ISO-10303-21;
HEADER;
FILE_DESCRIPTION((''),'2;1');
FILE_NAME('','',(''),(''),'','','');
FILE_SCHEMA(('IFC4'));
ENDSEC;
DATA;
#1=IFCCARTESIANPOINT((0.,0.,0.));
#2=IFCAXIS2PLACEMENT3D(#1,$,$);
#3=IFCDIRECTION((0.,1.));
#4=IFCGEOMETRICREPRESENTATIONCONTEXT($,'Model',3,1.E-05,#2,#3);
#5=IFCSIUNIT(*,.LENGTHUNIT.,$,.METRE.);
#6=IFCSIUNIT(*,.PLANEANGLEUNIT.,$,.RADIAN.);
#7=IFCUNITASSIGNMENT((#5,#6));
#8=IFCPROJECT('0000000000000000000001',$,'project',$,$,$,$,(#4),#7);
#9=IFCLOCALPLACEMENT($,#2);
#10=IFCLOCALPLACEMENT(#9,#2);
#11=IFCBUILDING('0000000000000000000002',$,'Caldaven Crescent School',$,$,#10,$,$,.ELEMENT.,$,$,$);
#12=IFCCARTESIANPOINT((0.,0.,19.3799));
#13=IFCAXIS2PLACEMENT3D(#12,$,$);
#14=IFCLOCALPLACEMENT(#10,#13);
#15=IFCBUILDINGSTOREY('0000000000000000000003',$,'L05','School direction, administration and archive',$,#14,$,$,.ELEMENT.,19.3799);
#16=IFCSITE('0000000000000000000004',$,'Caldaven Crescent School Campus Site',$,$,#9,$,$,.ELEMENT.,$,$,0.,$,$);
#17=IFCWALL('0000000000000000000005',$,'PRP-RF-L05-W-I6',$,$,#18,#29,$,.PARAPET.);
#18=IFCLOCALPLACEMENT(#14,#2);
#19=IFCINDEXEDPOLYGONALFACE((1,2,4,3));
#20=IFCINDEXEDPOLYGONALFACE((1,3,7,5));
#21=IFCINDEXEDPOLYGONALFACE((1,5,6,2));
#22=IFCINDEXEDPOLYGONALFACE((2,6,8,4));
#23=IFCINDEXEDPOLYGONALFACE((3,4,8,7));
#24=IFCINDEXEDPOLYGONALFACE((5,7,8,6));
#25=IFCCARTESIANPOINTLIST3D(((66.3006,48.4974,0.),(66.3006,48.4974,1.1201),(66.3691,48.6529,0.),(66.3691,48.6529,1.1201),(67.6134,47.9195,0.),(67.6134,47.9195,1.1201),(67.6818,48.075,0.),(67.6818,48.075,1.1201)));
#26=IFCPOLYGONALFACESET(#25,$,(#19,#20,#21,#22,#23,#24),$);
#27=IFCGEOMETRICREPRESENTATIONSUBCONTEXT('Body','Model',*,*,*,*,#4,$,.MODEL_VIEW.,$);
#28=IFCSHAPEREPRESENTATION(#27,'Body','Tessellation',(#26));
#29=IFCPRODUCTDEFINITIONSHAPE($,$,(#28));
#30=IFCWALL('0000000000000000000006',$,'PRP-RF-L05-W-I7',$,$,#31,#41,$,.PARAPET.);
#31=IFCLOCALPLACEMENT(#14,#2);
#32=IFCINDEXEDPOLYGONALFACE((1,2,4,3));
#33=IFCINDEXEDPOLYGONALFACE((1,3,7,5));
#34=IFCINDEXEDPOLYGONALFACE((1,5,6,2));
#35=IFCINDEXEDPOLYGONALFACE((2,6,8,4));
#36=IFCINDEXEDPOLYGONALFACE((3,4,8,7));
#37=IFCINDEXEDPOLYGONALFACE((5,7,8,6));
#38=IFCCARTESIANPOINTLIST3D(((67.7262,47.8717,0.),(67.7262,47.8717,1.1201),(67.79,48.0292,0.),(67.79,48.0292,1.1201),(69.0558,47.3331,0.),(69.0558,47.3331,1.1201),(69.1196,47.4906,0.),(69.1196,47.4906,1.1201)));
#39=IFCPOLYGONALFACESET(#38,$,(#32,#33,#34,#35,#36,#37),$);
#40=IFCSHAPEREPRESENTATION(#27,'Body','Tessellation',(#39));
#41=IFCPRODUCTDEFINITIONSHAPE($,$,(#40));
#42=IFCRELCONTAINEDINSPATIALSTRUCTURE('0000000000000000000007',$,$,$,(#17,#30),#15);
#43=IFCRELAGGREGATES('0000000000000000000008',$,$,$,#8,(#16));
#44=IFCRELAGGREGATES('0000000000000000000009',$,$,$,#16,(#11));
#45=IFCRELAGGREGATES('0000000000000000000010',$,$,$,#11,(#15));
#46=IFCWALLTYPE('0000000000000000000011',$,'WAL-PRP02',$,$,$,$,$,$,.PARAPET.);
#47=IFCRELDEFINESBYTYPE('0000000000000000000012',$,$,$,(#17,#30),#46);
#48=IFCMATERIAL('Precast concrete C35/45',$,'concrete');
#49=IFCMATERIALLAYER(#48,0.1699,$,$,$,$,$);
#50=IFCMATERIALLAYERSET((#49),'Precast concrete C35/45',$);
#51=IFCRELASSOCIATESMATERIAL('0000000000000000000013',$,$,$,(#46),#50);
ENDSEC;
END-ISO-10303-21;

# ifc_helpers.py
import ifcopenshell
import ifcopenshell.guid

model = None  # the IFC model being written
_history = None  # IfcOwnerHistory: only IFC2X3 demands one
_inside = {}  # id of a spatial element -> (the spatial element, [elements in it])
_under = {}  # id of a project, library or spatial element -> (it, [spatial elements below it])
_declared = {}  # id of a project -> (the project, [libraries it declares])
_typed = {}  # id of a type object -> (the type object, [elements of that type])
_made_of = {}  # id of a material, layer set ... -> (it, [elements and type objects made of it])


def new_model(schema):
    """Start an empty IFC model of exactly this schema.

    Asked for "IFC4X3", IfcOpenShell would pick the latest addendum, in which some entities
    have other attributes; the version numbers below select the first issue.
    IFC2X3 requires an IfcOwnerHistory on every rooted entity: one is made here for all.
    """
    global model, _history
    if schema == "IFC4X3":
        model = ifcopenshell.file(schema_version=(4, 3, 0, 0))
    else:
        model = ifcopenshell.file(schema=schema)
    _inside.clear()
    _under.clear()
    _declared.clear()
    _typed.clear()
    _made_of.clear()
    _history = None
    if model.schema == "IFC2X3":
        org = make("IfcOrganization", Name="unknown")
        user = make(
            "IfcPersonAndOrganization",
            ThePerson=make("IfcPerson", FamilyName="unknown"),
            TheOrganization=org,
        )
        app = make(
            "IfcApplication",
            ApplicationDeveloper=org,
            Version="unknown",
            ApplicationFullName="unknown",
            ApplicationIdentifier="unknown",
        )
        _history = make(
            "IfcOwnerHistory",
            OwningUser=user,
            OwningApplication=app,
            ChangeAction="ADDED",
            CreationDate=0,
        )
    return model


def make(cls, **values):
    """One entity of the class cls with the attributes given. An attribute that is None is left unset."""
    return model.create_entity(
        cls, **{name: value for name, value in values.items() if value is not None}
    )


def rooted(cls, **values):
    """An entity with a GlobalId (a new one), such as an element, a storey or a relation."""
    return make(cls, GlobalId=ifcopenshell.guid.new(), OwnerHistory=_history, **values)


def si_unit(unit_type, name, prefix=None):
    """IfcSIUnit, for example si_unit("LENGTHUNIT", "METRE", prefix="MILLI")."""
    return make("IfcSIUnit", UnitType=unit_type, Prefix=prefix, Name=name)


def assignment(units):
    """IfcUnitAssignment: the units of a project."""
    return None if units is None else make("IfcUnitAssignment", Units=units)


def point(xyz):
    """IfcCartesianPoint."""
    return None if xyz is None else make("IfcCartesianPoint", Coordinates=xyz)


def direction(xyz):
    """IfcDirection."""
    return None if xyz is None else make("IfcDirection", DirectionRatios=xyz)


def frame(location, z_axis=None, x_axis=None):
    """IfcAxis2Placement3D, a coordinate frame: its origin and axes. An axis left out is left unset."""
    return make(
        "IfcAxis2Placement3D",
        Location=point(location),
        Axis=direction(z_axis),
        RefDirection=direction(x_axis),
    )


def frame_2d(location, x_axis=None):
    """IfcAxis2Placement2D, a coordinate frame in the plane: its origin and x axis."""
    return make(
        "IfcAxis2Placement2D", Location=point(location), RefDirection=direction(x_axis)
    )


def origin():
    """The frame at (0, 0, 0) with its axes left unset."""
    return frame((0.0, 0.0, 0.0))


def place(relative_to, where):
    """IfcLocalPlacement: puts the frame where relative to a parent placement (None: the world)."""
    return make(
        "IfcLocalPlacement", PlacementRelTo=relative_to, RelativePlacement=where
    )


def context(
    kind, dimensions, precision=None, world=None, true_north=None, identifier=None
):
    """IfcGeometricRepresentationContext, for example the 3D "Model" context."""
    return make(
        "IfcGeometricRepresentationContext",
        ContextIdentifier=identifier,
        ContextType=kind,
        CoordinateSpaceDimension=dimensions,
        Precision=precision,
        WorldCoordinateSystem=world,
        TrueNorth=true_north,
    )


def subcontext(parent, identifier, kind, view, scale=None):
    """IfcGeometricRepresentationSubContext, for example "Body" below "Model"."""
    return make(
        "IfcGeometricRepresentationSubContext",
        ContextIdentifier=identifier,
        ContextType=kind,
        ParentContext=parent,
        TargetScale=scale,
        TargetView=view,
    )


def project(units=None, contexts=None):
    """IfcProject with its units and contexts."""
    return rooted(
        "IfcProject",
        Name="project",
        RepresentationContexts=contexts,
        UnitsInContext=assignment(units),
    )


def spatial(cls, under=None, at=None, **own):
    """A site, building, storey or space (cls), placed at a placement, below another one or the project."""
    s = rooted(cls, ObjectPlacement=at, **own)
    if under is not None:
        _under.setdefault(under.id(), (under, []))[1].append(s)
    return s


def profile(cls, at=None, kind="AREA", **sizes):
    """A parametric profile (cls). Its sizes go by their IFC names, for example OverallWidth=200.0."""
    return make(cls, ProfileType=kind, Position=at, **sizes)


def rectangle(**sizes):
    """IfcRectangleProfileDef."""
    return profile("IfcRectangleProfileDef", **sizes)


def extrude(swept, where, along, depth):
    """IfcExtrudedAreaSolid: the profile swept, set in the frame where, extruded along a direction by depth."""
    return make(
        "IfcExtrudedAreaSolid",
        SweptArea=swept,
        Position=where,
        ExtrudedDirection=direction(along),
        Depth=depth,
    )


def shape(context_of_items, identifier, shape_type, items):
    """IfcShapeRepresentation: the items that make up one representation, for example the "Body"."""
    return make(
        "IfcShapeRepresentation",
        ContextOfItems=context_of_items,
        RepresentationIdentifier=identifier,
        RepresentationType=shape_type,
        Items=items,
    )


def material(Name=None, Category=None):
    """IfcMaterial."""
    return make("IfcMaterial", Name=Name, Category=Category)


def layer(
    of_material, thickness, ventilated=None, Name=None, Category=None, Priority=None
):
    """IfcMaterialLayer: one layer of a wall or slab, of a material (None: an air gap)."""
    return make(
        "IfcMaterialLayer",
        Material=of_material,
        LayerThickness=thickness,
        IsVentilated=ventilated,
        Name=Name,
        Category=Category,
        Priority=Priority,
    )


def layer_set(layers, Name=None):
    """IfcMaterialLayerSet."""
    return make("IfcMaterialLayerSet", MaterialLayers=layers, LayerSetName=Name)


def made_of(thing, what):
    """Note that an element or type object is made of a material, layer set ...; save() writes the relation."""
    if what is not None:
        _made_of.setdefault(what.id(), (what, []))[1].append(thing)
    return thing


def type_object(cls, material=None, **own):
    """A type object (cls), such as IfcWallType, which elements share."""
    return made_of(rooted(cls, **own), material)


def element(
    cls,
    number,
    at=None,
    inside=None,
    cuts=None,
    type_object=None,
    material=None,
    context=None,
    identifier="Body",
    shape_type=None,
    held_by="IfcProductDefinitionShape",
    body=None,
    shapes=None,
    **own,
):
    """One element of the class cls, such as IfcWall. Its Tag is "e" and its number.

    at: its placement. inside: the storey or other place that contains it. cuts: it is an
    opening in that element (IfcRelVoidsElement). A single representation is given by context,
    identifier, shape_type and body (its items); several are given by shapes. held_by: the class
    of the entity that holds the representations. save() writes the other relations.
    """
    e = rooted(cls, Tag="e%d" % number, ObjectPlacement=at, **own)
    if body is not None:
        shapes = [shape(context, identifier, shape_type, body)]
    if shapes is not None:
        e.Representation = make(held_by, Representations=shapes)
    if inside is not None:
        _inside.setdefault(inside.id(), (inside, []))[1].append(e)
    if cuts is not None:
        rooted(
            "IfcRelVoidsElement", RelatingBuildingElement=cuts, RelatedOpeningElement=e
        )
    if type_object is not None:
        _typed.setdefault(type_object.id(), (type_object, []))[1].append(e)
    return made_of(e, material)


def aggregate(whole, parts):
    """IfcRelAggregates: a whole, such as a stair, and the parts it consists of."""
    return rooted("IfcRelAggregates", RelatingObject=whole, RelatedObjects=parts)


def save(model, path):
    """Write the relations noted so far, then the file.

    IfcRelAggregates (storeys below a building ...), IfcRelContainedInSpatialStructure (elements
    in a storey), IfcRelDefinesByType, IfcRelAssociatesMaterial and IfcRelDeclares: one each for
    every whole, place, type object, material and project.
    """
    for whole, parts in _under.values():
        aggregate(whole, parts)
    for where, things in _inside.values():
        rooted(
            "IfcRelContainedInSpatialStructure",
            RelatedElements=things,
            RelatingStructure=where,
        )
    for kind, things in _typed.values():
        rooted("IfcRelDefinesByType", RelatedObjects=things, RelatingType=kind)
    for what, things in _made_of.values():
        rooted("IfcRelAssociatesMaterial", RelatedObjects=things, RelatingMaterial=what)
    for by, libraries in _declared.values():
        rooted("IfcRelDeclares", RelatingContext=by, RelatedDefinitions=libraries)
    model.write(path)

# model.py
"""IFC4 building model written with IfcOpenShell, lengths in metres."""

from ifc_helpers import new_model, si_unit, direction, frame, frame_2d, origin, place, context, subcontext, project, spatial, rectangle, extrude, material, layer, layer_set, type_object, element, save


model = new_model("IFC4")

# Units and contexts
model_context = context("Model", 3, precision=1e-05, world=origin(), true_north=direction((0.0, 1.0)))
body_context = subcontext(model_context, "Body", "Model", "MODEL_VIEW")
ifc_project = project(units=[si_unit("LENGTHUNIT", "METRE"), si_unit("PLANEANGLEUNIT", "RADIAN")], contexts=[model_context])

# Site, building, storey
site_placement = place(None, origin())
site = spatial("IfcSite", under=ifc_project, at=site_placement, Name="Caldaven Crescent School Campus Site", CompositionType="ELEMENT", RefElevation=0.0)
building_placement = place(site_placement, origin())
building = spatial("IfcBuilding", under=site, at=building_placement, Name="Caldaven Crescent School", CompositionType="ELEMENT")
storey_placement = place(building_placement, frame((0.0, 0.0, 19.3799)))
storey = spatial("IfcBuildingStorey", under=building, at=storey_placement, Name="L05", Description="School direction, administration and archive", CompositionType="ELEMENT", Elevation=19.3799)

# Shared definitions
ifc_material_1 = material(Name="Precast concrete C35/45", Category="concrete")

# Walls
ifc_layer_1 = layer(ifc_material_1, 0.1699)
ifc_layer_set_1 = layer_set([ifc_layer_1], Name="Precast concrete C35/45")
wall_type_1 = type_object("IfcWallType", Name="WAL-PRP02", PredefinedType="PARAPET", material=ifc_layer_set_1)
wall_1_placement = place(storey_placement, frame((66.3347, 48.5752, 0.0), z_axis=(0.0, 0.0, 1.0), x_axis=(0.915245, -0.402898, 0.0)))
element("IfcWall", 1, at=wall_1_placement, inside=storey, type_object=wall_type_1, Name="PRP-RF-L05-W-I6", PredefinedType="PARAPET", context=body_context, shape_type="SweptSolid", body=[
    extrude(rectangle(XDim=1.4343, YDim=0.1699, at=frame_2d((0.7173, 0.0))), origin(), (0.0, 0.0, 1.0), 1.1201),
])
wall_2_placement = place(storey_placement, frame((67.7581, 47.9504, 0.0), z_axis=(0.0, 0.0, 1.0), x_axis=(0.926848, -0.375436, 0.0)))
element("IfcWall", 2, at=wall_2_placement, inside=storey, type_object=wall_type_1, Name="PRP-RF-L05-W-I7", PredefinedType="PARAPET", context=body_context, shape_type="SweptSolid", body=[
    extrude(rectangle(XDim=1.4346, YDim=0.1699, at=frame_2d((0.7173, 0.0))), origin(), (0.0, 0.0, 1.0), 1.1201),
])

save(model, "model.ifc")
